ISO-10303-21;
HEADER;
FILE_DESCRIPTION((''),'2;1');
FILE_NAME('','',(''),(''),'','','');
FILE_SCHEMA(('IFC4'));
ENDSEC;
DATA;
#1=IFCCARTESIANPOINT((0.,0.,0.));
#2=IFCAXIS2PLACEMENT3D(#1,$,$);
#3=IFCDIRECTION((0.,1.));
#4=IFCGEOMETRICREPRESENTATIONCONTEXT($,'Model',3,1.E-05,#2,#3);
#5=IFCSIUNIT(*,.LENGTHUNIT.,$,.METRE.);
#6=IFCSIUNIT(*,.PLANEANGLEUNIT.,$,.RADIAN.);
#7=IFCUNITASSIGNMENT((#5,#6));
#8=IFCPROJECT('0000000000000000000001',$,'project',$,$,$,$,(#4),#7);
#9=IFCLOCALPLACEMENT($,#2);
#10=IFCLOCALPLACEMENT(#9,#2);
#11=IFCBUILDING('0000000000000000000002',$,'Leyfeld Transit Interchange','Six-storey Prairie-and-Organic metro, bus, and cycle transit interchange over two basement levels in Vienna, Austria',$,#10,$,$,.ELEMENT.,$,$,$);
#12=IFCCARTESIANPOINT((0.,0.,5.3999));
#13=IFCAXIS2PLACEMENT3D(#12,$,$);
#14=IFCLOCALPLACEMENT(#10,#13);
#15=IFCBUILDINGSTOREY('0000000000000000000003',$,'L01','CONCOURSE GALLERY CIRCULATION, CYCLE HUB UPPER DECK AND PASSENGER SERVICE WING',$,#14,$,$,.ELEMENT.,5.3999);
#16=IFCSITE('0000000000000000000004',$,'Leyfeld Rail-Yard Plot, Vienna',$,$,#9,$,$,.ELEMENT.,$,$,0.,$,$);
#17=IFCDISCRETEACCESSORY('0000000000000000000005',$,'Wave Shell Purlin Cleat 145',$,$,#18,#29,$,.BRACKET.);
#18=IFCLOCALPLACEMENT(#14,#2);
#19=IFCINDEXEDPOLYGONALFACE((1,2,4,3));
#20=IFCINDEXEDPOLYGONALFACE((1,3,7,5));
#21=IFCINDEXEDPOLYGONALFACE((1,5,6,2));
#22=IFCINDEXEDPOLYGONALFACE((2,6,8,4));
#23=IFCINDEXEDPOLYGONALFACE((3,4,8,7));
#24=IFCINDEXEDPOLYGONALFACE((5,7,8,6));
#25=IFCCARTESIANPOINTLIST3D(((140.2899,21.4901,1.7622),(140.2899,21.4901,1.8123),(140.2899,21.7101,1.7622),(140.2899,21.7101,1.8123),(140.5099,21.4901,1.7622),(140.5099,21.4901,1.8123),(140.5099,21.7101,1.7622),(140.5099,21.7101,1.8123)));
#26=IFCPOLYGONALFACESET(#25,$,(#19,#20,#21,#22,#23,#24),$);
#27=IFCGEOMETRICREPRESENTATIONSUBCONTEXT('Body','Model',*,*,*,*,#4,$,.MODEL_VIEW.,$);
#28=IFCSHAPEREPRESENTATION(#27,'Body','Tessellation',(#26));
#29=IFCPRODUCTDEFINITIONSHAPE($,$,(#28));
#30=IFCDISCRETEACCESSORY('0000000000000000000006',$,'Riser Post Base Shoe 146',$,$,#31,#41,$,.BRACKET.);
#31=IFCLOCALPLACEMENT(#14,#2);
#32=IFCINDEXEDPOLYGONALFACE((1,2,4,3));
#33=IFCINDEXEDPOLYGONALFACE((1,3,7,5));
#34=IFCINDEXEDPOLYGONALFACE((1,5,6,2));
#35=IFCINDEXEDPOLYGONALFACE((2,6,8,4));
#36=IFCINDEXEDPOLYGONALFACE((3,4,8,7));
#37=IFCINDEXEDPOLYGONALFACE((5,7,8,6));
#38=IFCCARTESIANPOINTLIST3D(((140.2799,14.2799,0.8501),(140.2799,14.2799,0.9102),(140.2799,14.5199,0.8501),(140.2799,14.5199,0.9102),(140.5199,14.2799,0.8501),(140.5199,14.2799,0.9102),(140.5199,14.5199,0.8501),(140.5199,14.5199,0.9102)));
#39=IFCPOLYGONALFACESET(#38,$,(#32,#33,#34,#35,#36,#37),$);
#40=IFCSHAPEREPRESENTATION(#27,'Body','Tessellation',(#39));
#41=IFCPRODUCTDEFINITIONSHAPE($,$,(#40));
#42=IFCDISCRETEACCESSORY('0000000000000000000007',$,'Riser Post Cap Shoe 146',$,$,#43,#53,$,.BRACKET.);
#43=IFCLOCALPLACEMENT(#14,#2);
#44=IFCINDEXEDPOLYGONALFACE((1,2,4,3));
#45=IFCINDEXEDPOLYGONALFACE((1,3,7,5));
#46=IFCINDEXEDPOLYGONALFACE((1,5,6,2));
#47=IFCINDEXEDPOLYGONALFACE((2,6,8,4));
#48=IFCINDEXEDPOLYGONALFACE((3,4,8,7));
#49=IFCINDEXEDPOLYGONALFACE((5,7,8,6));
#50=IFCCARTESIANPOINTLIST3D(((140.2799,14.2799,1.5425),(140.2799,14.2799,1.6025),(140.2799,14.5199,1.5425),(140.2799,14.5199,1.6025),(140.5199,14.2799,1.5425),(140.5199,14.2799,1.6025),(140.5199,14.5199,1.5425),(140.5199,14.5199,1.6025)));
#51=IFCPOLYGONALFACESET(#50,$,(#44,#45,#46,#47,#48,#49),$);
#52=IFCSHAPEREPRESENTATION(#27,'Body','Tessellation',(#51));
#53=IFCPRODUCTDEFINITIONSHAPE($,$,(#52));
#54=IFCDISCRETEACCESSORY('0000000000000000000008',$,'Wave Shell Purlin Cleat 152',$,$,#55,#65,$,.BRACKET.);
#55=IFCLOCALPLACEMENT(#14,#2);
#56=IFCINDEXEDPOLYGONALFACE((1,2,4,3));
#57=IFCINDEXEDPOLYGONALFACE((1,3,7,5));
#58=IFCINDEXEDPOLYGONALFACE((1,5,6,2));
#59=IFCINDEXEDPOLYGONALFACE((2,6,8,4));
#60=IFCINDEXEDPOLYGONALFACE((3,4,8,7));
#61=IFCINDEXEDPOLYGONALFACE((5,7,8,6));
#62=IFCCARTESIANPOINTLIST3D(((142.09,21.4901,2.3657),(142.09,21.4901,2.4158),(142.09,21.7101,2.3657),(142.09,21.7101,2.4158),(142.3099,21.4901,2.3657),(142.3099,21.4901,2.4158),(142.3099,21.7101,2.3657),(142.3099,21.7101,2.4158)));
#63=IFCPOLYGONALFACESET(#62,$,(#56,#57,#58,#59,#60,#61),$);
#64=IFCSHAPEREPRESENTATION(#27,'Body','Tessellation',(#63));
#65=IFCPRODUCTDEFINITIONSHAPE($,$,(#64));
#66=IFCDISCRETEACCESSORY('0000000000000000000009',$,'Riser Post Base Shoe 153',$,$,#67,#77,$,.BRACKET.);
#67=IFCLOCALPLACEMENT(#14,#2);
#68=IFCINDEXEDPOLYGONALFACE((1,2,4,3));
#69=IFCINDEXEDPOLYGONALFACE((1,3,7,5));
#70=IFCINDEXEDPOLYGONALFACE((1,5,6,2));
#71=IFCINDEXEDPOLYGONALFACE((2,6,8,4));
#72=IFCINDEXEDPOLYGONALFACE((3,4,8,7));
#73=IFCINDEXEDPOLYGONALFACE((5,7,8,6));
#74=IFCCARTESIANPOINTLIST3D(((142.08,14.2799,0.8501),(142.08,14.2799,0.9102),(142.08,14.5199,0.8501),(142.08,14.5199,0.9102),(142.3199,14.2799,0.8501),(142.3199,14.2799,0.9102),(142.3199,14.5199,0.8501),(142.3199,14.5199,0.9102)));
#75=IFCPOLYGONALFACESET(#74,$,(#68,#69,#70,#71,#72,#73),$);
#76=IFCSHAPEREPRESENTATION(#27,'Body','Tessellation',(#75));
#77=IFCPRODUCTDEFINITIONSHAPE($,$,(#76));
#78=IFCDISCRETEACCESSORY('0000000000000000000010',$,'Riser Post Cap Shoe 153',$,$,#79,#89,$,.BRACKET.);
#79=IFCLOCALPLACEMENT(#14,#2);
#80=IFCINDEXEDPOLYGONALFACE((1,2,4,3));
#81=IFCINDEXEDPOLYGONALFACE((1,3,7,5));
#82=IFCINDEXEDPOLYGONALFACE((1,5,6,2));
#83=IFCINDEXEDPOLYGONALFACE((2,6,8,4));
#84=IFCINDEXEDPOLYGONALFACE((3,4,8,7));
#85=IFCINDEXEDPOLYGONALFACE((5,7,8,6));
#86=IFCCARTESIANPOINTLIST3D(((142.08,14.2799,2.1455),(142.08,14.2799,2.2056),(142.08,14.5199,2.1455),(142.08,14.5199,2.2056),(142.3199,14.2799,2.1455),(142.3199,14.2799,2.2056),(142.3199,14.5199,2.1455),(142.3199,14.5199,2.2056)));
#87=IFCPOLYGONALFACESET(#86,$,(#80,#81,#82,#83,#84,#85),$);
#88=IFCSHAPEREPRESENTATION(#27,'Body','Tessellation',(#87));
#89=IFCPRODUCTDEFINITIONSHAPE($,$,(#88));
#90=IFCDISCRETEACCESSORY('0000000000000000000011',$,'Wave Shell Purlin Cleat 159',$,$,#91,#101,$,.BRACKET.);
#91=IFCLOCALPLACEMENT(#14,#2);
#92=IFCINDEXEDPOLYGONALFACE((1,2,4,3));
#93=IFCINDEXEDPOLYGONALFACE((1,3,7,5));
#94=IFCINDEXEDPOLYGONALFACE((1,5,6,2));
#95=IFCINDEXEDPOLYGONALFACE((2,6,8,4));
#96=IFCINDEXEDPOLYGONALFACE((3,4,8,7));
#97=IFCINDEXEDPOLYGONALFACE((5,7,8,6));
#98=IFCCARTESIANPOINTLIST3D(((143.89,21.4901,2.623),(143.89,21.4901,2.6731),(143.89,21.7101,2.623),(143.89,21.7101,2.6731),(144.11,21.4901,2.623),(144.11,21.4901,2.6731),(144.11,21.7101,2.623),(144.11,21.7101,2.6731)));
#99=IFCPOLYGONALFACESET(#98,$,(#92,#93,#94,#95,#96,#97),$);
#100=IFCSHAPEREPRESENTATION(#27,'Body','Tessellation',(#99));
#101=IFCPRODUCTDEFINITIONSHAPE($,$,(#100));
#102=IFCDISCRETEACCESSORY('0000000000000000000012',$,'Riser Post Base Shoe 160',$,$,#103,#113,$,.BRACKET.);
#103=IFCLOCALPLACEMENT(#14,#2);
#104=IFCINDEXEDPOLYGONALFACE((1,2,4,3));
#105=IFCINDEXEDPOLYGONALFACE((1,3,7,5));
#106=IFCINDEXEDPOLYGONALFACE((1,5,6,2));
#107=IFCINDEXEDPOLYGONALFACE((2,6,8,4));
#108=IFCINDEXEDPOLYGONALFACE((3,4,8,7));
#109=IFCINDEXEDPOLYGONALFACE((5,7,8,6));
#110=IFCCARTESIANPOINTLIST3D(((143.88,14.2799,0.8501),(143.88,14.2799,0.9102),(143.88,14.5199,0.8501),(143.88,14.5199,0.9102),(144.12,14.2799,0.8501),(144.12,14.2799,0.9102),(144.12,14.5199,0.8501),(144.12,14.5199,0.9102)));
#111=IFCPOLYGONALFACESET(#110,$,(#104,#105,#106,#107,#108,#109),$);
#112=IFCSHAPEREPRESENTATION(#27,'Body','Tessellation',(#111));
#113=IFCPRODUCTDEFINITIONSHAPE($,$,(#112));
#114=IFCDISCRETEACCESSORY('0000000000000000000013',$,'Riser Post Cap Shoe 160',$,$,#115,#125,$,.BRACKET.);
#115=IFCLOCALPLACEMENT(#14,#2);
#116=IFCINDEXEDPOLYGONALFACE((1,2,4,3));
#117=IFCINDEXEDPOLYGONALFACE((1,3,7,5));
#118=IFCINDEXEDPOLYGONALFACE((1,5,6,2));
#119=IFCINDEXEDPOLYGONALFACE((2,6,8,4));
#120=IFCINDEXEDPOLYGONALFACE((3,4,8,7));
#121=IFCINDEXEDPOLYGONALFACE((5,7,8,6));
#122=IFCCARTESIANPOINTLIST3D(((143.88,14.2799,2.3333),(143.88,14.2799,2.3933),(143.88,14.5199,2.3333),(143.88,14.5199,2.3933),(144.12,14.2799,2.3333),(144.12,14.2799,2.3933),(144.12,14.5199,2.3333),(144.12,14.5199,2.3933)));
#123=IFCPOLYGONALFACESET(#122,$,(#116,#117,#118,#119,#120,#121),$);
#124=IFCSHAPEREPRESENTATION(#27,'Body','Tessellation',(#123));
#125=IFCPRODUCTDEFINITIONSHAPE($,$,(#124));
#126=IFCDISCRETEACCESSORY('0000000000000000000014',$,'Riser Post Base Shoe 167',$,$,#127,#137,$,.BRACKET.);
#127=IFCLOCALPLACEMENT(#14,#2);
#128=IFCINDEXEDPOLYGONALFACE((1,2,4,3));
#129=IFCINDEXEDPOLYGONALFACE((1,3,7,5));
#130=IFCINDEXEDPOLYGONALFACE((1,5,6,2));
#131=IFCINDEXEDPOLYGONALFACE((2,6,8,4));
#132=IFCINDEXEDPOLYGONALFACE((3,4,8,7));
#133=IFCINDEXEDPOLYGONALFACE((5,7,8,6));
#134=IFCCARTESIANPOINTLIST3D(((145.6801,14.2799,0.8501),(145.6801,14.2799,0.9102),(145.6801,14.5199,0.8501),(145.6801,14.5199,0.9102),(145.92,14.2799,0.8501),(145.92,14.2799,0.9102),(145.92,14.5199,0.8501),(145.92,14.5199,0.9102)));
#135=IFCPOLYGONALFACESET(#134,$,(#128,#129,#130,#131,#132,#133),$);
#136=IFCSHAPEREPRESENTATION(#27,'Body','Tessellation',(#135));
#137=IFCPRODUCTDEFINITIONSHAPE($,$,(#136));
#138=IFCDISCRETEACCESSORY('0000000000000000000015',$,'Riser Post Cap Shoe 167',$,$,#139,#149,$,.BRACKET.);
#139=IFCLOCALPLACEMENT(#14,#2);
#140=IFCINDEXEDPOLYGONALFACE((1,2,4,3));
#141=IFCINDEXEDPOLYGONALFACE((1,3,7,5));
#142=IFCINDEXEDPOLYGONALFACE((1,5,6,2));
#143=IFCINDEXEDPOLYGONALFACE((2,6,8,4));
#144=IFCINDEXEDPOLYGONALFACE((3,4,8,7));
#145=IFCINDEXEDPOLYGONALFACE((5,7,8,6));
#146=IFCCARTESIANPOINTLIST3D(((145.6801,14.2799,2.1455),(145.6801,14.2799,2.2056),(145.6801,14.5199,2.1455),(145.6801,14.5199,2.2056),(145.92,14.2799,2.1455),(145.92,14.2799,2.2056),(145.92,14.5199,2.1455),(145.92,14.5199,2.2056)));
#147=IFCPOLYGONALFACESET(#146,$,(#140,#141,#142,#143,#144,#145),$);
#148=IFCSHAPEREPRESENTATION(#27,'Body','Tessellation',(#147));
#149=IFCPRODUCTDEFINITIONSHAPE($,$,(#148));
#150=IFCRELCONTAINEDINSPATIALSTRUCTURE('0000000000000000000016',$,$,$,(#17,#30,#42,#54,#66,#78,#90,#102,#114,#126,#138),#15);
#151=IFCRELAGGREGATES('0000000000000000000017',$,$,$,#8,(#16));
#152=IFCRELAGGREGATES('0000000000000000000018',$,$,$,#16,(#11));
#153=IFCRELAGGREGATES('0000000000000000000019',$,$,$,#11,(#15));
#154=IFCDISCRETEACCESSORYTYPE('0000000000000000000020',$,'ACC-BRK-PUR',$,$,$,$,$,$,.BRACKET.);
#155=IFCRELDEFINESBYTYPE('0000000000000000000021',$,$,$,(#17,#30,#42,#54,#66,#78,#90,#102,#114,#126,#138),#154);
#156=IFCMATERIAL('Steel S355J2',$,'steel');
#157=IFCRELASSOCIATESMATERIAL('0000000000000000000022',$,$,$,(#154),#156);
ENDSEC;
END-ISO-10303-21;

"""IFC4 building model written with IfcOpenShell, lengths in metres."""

from ifc_helpers import new_model, si_unit, direction, frame, origin, origin_2d, place, context, subcontext, project, spatial, rectangle, extrude, material, type_object, element, save


model = new_model("IFC4")

# Units and contexts
model_context = context("Model", 3, precision=1e-05, world=origin(), true_north=direction((0.0, 1.0)))
body_context = subcontext(model_context, "Body", "Model", "MODEL_VIEW")
ifc_project = project(units=[si_unit("LENGTHUNIT", "METRE"), si_unit("PLANEANGLEUNIT", "RADIAN")], contexts=[model_context])

# Site, building, storey
site_placement = place(None, origin())
site = spatial("IfcSite", under=ifc_project, at=site_placement, Name="Leyfeld Rail-Yard Plot, Vienna", CompositionType="ELEMENT", RefElevation=0.0)
building_placement = place(site_placement, origin())
building = spatial("IfcBuilding", under=site, at=building_placement, Name="Leyfeld Transit Interchange", Description="Six-storey Prairie-and-Organic metro, bus, and cycle transit interchange over two basement levels in Vienna, Austria", CompositionType="ELEMENT")
storey_placement = place(building_placement, frame((0.0, 0.0, 5.3999)))
storey = spatial("IfcBuildingStorey", under=building, at=storey_placement, Name="L01", Description="CONCOURSE GALLERY CIRCULATION, CYCLE HUB UPPER DECK AND PASSENGER SERVICE WING", CompositionType="ELEMENT", Elevation=5.3999)

# Shared definitions
ifc_material_1 = material(Name="Steel S355J2", Category="steel")

# Discrete accessories
discrete_accessory_type = type_object("IfcDiscreteAccessoryType", Name="ACC-BRK-PUR", PredefinedType="BRACKET", material=ifc_material_1)
discrete_accessory_1_placement = place(storey_placement, frame((140.3999, 21.6001, 1.7622), z_axis=(0.0, 0.0, 1.0), x_axis=(1.0, 0.0, 0.0)))
element("IfcDiscreteAccessory", 1, at=discrete_accessory_1_placement, inside=storey, type_object=discrete_accessory_type, Name="Wave Shell Purlin Cleat 145", PredefinedType="BRACKET", context=body_context, shape_type="SweptSolid", body=[
    extrude(rectangle(XDim=0.22, YDim=0.22, at=origin_2d()), origin(), (0.0, 0.0, 1.0), 0.05),
])
for number, where, z_axis, x_axis, name in (
    (2, (140.3999, 14.3999, 0.8501), (0.0, 0.0, 1.0), (1.0, 0.0, 0.0), "Riser Post Base Shoe 146"),
    (3, (140.3999, 14.3999, 1.5425), (0.0, 0.0, 1.0), (1.0, 0.0, 0.0), "Riser Post Cap Shoe 146"),
):
    element("IfcDiscreteAccessory", number, at=place(storey_placement, frame(where, z_axis=z_axis, x_axis=x_axis)), inside=storey, type_object=discrete_accessory_type, Name=name, PredefinedType="BRACKET", context=body_context, shape_type="SweptSolid", body=[
        extrude(rectangle(XDim=0.24, YDim=0.24, at=origin_2d()), origin(), (0.0, 0.0, 1.0), 0.0601),
    ])
discrete_accessory_2_placement = place(storey_placement, frame((142.2, 21.6001, 2.3657), z_axis=(0.0, 0.0, 1.0), x_axis=(1.0, 0.0, 0.0)))
element("IfcDiscreteAccessory", 4, at=discrete_accessory_2_placement, inside=storey, type_object=discrete_accessory_type, Name="Wave Shell Purlin Cleat 152", PredefinedType="BRACKET", context=body_context, shape_type="SweptSolid", body=[
    extrude(rectangle(XDim=0.22, YDim=0.22, at=origin_2d()), origin(), (0.0, 0.0, 1.0), 0.05),
])
for number, where, z_axis, x_axis, name in (
    (5, (142.2, 14.3999, 0.8501), (0.0, 0.0, 1.0), (1.0, 0.0, 0.0), "Riser Post Base Shoe 153"),
    (6, (142.2, 14.3999, 2.1455), (0.0, 0.0, 1.0), (1.0, 0.0, 0.0), "Riser Post Cap Shoe 153"),
):
    element("IfcDiscreteAccessory", number, at=place(storey_placement, frame(where, z_axis=z_axis, x_axis=x_axis)), inside=storey, type_object=discrete_accessory_type, Name=name, PredefinedType="BRACKET", context=body_context, shape_type="SweptSolid", body=[
        extrude(rectangle(XDim=0.24, YDim=0.24, at=origin_2d()), origin(), (0.0, 0.0, 1.0), 0.0601),
    ])
discrete_accessory_3_placement = place(storey_placement, frame((144.0, 21.6001, 2.623), z_axis=(0.0, 0.0, 1.0), x_axis=(1.0, 0.0, 0.0)))
element("IfcDiscreteAccessory", 7, at=discrete_accessory_3_placement, inside=storey, type_object=discrete_accessory_type, Name="Wave Shell Purlin Cleat 159", PredefinedType="BRACKET", context=body_context, shape_type="SweptSolid", body=[
    extrude(rectangle(XDim=0.22, YDim=0.22, at=origin_2d()), origin(), (0.0, 0.0, 1.0), 0.05),
])
for number, where, z_axis, x_axis, name in (
    (8, (144.0, 14.3999, 0.8501), (0.0, 0.0, 1.0), (1.0, 0.0, 0.0), "Riser Post Base Shoe 160"),
    (9, (144.0, 14.3999, 2.3333), (0.0, 0.0, 1.0), (1.0, 0.0, 0.0), "Riser Post Cap Shoe 160"),
    (10, (145.8, 14.3999, 0.8501), (0.0, 0.0, 1.0), (1.0, 0.0, 0.0), "Riser Post Base Shoe 167"),
    (11, (145.8, 14.3999, 2.1455), (0.0, 0.0, 1.0), (1.0, 0.0, 0.0), "Riser Post Cap Shoe 167"),
):
    element("IfcDiscreteAccessory", number, at=place(storey_placement, frame(where, z_axis=z_axis, x_axis=x_axis)), inside=storey, type_object=discrete_accessory_type, Name=name, PredefinedType="BRACKET", context=body_context, shape_type="SweptSolid", body=[
        extrude(rectangle(XDim=0.24, YDim=0.24, at=origin_2d()), origin(), (0.0, 0.0, 1.0), 0.0601),
    ])

save(model, "model.ifc")
